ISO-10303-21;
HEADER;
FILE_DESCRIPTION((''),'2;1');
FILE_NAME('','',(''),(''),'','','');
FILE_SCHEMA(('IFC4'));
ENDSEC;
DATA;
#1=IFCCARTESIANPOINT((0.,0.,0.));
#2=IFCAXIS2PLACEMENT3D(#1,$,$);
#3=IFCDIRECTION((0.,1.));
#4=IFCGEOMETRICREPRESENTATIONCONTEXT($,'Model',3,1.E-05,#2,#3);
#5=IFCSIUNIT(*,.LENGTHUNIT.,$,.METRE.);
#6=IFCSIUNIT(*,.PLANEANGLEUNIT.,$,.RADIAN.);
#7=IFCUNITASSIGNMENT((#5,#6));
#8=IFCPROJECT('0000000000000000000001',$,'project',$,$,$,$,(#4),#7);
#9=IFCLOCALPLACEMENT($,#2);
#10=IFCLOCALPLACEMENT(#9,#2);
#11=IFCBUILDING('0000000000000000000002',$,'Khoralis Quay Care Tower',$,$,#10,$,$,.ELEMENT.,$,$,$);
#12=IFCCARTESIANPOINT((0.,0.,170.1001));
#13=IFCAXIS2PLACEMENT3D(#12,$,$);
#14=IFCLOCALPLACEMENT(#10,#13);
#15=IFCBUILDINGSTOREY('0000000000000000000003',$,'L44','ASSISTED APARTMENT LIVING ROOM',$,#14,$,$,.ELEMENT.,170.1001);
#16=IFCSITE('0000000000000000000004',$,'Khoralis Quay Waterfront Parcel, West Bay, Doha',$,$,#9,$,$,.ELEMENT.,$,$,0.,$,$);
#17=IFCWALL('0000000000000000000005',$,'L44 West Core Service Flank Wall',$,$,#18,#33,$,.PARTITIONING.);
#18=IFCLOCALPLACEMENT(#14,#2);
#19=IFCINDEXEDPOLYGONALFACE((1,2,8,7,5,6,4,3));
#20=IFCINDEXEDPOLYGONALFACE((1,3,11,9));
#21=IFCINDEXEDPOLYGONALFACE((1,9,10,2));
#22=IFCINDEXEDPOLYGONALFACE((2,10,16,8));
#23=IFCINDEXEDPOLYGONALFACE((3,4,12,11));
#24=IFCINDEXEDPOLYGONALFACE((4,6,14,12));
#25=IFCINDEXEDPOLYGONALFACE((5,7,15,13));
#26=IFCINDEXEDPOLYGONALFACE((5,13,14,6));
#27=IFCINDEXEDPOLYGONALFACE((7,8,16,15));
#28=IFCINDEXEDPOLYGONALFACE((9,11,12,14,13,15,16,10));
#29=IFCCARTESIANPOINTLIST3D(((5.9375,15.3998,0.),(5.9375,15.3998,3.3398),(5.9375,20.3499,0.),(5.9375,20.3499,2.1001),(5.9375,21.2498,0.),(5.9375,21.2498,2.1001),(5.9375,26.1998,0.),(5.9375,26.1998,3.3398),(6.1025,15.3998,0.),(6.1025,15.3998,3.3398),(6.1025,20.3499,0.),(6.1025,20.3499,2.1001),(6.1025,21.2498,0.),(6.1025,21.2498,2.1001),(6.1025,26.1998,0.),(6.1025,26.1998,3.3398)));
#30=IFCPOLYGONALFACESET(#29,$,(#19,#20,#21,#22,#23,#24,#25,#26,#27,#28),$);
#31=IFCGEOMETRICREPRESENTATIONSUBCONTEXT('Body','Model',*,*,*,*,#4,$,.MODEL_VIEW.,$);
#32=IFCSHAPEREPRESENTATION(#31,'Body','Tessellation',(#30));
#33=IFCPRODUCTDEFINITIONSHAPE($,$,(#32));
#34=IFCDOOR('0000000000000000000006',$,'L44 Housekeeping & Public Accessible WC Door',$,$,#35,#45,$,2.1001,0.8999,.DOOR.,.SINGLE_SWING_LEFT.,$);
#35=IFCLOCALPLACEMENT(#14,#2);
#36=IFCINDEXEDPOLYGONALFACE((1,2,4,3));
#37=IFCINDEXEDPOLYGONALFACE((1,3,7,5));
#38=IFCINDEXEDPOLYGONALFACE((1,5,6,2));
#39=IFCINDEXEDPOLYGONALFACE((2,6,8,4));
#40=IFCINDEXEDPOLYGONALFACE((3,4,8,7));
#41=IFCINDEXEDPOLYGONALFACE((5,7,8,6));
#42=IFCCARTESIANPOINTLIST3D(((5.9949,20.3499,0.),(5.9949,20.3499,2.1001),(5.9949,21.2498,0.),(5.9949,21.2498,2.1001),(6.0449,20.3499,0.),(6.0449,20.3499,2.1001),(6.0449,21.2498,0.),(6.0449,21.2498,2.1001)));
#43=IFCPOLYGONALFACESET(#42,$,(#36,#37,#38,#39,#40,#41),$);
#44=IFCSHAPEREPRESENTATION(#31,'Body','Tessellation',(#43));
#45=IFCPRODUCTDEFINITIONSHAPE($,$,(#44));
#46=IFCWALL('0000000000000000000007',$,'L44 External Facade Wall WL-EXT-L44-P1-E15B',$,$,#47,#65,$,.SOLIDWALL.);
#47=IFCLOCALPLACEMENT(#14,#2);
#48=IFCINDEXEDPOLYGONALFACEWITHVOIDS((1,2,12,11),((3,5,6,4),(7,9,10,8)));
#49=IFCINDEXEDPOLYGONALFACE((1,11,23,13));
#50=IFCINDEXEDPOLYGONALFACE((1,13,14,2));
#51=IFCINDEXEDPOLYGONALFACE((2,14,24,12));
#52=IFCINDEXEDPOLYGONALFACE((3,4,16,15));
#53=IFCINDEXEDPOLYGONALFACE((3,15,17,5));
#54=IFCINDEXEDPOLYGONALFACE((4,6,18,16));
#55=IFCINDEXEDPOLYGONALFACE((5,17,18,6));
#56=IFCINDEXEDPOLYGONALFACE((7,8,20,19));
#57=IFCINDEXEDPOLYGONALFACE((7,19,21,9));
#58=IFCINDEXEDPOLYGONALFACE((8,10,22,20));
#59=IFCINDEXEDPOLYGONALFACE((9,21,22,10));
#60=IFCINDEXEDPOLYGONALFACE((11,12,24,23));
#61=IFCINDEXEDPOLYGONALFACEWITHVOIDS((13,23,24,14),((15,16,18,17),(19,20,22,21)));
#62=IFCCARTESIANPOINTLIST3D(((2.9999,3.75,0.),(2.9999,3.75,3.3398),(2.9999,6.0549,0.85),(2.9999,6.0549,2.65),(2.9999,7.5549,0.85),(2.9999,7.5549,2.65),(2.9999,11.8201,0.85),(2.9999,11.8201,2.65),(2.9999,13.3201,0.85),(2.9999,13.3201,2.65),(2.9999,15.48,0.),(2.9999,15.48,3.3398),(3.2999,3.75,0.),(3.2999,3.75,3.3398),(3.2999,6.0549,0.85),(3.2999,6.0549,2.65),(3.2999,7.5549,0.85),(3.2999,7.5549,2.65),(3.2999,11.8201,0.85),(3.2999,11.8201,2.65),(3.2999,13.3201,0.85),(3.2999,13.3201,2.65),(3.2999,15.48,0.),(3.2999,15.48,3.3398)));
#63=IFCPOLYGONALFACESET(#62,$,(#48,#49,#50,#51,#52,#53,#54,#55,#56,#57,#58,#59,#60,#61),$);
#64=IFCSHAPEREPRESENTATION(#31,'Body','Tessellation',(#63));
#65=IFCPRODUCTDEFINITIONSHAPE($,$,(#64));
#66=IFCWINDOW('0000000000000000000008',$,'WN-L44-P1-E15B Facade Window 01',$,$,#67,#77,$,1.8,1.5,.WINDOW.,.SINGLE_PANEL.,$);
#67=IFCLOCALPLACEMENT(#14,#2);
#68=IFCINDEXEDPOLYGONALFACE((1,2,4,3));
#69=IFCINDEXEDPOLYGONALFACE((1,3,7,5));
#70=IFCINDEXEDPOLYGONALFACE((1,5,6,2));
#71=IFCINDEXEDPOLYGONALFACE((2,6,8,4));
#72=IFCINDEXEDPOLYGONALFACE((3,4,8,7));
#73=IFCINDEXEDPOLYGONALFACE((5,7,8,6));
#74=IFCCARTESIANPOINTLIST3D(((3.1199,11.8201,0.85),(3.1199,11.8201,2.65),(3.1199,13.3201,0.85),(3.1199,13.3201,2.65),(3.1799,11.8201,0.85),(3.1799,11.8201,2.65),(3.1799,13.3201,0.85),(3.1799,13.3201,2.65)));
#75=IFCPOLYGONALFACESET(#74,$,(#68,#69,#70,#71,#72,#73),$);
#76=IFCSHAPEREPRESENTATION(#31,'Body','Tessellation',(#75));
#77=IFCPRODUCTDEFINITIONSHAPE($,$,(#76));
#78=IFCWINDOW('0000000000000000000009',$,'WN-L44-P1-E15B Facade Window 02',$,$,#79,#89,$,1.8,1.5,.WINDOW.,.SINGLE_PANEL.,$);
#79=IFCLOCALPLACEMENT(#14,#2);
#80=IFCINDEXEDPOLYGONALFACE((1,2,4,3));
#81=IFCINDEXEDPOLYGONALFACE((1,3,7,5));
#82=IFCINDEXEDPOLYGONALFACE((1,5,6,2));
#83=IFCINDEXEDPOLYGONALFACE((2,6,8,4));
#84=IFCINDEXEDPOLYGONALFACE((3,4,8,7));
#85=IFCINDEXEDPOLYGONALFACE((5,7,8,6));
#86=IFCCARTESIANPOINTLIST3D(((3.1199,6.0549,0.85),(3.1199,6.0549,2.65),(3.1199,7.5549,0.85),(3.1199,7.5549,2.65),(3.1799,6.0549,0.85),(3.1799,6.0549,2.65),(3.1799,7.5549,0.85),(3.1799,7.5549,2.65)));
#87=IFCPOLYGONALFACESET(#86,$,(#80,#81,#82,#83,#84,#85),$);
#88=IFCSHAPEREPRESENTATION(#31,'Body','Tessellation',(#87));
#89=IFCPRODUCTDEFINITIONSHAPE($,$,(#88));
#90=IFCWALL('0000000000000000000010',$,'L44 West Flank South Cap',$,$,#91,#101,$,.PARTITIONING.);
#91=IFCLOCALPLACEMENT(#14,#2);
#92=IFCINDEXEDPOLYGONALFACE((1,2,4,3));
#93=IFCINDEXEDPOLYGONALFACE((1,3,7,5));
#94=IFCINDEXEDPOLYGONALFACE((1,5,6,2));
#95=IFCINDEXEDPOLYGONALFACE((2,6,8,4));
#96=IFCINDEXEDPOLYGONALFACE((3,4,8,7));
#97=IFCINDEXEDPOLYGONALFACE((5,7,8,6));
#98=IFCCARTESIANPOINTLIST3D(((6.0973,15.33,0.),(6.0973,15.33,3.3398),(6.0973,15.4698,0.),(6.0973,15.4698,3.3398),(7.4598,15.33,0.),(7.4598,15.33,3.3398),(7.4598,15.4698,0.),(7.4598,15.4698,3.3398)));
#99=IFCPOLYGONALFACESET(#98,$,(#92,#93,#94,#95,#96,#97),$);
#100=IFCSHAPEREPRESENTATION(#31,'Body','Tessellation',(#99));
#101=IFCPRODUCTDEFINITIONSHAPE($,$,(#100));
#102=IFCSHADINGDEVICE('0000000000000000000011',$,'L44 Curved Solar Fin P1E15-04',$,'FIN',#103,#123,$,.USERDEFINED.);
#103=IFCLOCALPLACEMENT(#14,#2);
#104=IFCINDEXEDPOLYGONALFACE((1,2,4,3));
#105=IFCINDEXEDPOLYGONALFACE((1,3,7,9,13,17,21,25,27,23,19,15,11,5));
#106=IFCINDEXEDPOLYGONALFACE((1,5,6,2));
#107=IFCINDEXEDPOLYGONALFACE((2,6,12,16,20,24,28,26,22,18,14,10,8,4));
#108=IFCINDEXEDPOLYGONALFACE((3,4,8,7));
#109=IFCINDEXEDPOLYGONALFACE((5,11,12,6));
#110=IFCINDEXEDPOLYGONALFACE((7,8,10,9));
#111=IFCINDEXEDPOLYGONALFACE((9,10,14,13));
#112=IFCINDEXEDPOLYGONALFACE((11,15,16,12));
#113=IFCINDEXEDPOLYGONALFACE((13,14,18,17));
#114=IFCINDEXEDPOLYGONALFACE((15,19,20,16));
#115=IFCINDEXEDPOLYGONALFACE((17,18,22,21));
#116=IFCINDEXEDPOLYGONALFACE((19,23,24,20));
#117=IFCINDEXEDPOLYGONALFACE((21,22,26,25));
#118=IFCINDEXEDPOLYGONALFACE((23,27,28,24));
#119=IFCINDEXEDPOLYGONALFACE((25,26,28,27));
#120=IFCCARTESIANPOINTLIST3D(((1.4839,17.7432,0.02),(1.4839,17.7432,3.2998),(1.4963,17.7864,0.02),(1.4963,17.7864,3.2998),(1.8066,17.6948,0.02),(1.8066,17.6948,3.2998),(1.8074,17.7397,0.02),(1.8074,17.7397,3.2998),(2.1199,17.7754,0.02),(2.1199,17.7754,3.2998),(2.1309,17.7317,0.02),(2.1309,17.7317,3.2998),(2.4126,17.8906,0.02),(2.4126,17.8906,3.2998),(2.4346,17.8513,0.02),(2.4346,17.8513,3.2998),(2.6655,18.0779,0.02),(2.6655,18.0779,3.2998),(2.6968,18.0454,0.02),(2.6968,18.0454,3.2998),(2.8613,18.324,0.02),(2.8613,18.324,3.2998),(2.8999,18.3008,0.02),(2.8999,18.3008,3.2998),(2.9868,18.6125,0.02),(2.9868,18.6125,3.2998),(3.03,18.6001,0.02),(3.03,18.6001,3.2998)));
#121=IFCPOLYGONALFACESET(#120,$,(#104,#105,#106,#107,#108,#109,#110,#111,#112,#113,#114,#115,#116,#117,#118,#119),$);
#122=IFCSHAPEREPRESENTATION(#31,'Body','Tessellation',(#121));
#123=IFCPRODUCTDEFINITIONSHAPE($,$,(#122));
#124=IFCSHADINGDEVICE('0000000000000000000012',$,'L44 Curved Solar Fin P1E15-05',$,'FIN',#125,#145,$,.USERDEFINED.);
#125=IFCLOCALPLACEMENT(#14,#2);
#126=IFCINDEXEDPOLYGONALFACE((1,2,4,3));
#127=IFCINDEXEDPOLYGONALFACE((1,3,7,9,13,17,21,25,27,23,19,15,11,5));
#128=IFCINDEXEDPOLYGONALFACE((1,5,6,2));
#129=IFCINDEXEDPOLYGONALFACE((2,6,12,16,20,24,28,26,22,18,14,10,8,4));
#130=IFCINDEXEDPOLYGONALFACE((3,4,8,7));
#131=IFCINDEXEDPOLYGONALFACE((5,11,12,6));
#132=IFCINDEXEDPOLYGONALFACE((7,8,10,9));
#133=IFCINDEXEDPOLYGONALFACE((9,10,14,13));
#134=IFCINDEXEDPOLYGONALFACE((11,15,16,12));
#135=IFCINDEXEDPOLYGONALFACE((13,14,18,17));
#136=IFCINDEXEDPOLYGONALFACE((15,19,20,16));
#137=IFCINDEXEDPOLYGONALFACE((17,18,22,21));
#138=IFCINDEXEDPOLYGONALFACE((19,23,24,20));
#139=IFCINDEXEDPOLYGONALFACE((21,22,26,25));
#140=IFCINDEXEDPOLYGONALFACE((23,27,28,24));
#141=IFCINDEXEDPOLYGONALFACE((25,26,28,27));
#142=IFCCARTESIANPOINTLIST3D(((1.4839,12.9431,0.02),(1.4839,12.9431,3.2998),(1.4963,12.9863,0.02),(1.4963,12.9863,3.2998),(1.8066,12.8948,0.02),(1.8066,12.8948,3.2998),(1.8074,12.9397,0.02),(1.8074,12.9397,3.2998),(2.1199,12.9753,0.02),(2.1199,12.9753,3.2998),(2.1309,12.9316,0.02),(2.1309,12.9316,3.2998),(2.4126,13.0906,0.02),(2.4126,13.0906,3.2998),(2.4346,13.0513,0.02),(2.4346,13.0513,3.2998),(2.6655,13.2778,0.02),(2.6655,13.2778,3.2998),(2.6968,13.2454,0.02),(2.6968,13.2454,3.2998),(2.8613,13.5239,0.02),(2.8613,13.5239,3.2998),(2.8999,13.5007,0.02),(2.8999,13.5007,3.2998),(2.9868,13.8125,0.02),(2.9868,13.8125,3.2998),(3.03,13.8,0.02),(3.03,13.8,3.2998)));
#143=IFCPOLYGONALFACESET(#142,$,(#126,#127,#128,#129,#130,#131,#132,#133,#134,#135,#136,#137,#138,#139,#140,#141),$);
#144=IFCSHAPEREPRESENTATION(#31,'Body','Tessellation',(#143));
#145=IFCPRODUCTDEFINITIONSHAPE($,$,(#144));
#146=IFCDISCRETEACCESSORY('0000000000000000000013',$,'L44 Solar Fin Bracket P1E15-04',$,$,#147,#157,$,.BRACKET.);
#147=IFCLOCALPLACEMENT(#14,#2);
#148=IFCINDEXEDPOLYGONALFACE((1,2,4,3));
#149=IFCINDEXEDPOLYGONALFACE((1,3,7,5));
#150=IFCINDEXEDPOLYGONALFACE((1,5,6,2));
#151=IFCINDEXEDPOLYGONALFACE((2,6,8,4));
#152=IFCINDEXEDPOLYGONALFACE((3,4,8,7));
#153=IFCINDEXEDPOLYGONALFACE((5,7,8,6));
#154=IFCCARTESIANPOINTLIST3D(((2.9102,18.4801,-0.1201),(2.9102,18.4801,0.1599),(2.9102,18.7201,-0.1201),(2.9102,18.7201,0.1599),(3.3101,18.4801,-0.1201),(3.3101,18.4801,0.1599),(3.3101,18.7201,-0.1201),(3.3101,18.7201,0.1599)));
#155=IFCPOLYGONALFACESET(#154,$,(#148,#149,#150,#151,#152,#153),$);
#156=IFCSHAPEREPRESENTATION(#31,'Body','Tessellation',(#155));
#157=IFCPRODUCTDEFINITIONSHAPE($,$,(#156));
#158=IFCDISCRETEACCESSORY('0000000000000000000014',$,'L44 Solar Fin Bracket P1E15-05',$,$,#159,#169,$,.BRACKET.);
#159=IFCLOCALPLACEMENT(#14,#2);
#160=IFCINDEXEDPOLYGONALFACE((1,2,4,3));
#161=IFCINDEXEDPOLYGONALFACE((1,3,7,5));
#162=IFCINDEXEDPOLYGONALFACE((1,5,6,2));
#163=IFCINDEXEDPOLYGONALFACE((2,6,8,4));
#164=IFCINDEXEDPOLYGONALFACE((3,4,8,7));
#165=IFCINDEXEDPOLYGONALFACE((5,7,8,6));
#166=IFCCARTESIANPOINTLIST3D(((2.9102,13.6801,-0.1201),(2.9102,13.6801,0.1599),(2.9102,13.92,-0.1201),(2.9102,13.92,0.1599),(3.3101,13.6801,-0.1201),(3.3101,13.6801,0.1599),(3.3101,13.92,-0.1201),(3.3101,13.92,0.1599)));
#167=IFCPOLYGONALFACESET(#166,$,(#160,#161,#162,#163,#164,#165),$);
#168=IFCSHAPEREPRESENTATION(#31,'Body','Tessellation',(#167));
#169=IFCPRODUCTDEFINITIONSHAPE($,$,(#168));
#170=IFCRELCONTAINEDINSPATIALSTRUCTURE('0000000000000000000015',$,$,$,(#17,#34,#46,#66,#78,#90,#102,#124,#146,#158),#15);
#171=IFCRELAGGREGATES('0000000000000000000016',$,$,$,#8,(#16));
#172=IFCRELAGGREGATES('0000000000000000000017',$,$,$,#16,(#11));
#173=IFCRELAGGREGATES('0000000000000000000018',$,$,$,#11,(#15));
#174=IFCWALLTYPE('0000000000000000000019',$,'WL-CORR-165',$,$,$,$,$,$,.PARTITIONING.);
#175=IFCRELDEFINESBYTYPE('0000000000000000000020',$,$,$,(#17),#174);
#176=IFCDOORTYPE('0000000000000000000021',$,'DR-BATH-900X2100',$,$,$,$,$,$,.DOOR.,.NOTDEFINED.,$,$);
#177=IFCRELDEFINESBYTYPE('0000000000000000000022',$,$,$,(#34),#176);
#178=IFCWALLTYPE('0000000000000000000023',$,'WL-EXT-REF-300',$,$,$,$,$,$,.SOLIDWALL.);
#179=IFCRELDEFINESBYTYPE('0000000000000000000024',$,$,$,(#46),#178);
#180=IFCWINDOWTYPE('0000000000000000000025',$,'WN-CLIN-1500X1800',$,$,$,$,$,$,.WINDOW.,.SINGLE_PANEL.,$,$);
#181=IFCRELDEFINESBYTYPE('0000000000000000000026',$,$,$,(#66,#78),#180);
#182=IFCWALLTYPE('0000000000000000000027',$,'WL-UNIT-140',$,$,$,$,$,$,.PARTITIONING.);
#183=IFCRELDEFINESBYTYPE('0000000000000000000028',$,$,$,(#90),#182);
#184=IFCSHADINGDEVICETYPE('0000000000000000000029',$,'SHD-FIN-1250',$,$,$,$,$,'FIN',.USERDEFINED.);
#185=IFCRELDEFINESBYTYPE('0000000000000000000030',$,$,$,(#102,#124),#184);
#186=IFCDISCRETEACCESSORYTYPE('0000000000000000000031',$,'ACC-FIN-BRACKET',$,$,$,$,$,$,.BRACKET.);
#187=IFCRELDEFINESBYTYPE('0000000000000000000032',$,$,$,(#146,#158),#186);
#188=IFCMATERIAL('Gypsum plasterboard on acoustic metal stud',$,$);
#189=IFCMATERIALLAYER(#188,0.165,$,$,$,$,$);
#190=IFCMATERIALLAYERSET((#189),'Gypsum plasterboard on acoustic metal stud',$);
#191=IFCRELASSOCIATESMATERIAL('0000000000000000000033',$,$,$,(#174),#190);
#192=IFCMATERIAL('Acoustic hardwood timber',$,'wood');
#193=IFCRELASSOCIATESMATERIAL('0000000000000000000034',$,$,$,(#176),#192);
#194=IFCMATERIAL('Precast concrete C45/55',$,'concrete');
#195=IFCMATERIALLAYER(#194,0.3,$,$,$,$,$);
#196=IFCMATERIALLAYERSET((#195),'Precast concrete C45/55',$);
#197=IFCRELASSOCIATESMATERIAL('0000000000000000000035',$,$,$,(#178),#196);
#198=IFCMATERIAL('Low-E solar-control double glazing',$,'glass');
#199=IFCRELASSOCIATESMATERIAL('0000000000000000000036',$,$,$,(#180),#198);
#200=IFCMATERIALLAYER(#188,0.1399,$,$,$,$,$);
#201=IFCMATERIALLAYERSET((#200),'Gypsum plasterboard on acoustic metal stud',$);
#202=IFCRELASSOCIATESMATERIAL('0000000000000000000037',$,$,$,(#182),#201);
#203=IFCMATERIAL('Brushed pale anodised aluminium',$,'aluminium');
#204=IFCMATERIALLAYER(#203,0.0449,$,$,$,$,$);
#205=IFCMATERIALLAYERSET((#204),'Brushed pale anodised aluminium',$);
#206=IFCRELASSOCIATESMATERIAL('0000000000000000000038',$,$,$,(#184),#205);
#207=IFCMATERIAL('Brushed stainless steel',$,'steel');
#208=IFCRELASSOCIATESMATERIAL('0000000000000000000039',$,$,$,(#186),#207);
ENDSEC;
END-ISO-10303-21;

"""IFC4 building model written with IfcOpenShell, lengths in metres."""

from ifc_helpers import new_model, si_unit, direction, frame, frame_2d, origin, origin_2d, place, context, subcontext, project, spatial, polyline, rectangle, outline, extrude, source, transform, mapped, material, layer, layer_set, type_object, element, fill, save


model = new_model("IFC4")

# Units and contexts
model_context = context("Model", 3, precision=1e-05, world=origin(), true_north=direction((0.0, 1.0)))
body_context = subcontext(model_context, "Body", "Model", "MODEL_VIEW")
ifc_project = project(units=[si_unit("LENGTHUNIT", "METRE"), si_unit("PLANEANGLEUNIT", "RADIAN")], contexts=[model_context])

# Site, building, storey
site_placement = place(None, origin())
site = spatial("IfcSite", under=ifc_project, at=site_placement, Name="Khoralis Quay Waterfront Parcel, West Bay, Doha", CompositionType="ELEMENT", RefElevation=0.0)
building_placement = place(site_placement, origin())
building = spatial("IfcBuilding", under=site, at=building_placement, Name="Khoralis Quay Care Tower", CompositionType="ELEMENT")
storey_placement = place(building_placement, frame((0.0, 0.0, 170.1001)))
storey = spatial("IfcBuildingStorey", under=building, at=storey_placement, Name="L44", Description="ASSISTED APARTMENT LIVING ROOM", CompositionType="ELEMENT", Elevation=170.1001)

# Shared definitions
ifc_material_1 = material(Name="Low-E solar-control double glazing", Category="glass")

# Wall, opening, door
ifc_material_2 = material(Name="Gypsum plasterboard on acoustic metal stud")
ifc_layer_1 = layer(ifc_material_2, 0.165)
ifc_layer_set_1 = layer_set([ifc_layer_1], Name="Gypsum plasterboard on acoustic metal stud")
wall_type_1 = type_object("IfcWallType", Name="WL-CORR-165", PredefinedType="PARTITIONING", material=ifc_layer_set_1)
wall_1_placement = place(storey_placement, frame((6.02, 15.3999, 0.0), z_axis=(0.0, 0.0, 1.0), x_axis=(0.0, 1.0, 0.0)))
wall_1 = element("IfcWall", 1, at=wall_1_placement, inside=storey, type_object=wall_type_1, Name="L44 West Core Service Flank Wall", PredefinedType="PARTITIONING", context=body_context, shape_type="SweptSolid", body=[
    extrude(rectangle(XDim=10.8, YDim=0.165, at=frame_2d((5.3999, 0.0))), origin(), (0.0, 0.0, 1.0), 3.3398),
])
opening_1_placement = place(wall_1_placement, frame((4.95, 0.0, 0.0)))
opening_1 = element("IfcOpeningElement", 2, at=opening_1_placement, cuts=wall_1, PredefinedType="OPENING", context=body_context, shape_type="SweptSolid", body=[
    extrude(rectangle(XDim=0.8999, YDim=2.1001, at=frame_2d((0.45, 1.05))), frame((0.0, 0.0925, 0.0), z_axis=(0.0, -1.0, 0.0), x_axis=(1.0, 0.0, 0.0)), (0.0, 0.0, 1.0), 0.1851),
])
ifc_material_3 = material(Name="Acoustic hardwood timber", Category="wood")
door_type = type_object("IfcDoorType", Name="DR-BATH-900X2100", OperationType="NOTDEFINED", PredefinedType="DOOR", material=ifc_material_3)
shared_shape_1 = source(origin(), body_context, "Body", "SweptSolid", [
    extrude(rectangle(XDim=0.8999, YDim=2.1001, at=frame_2d((0.45, 1.05))), frame((0.0, 0.0249, 0.0), z_axis=(0.0, -1.0, 0.0), x_axis=(1.0, 0.0, 0.0)), (0.0, 0.0, 1.0), 0.05),
])
door_placement = place(opening_1_placement, frame((0.8999, 0.0, 0.0), z_axis=(0.0, 0.0, 1.0), x_axis=(-1.0, 0.0, 0.0)))
door = element("IfcDoor", 3, at=door_placement, inside=storey, type_object=door_type, Name="L44 Housekeeping & Public Accessible WC Door", OperationType="SINGLE_SWING_LEFT", OverallHeight=2.1001, OverallWidth=0.8999, PredefinedType="DOOR", context=body_context, shape_type="MappedRepresentation", body=[
    mapped(shared_shape_1, transform((0.0, 0.0, 0.0), scale=1.0)),
])
fill(opening_1, door)

# Wall, openings, windows
ifc_material_4 = material(Name="Precast concrete C45/55", Category="concrete")
ifc_layer_2 = layer(ifc_material_4, 0.3)
ifc_layer_set_2 = layer_set([ifc_layer_2], Name="Precast concrete C45/55")
wall_type_2 = type_object("IfcWallType", Name="WL-EXT-REF-300", PredefinedType="SOLIDWALL", material=ifc_layer_set_2)
wall_2_placement = place(storey_placement, frame((3.1499, 15.48, 0.0), z_axis=(0.0, 0.0, 1.0), x_axis=(0.0, -1.0, 0.0)))
wall_2 = element("IfcWall", 4, at=wall_2_placement, inside=storey, type_object=wall_type_2, Name="L44 External Facade Wall WL-EXT-L44-P1-E15B", PredefinedType="SOLIDWALL", context=body_context, shape_type="SweptSolid", body=[
    extrude(rectangle(XDim=11.73, YDim=0.3, at=frame_2d((5.865, 0.0))), origin(), (0.0, 0.0, 1.0), 3.3398),
])
opening_2_placement = place(wall_2_placement, frame((2.1599, 0.0, 0.8501)))
opening_2 = element("IfcOpeningElement", 5, at=opening_2_placement, cuts=wall_2, PredefinedType="OPENING", context=body_context, shape_type="SweptSolid", body=[
    extrude(rectangle(XDim=1.5, YDim=1.8, at=frame_2d((0.75, 0.8999))), frame((0.0, 0.1602, 0.0), z_axis=(0.0, -1.0, 0.0), x_axis=(1.0, 0.0, 0.0)), (0.0, 0.0, 1.0), 0.3201),
])
opening_3_placement = place(wall_2_placement, frame((7.925, 0.0, 0.8501)))
opening_3 = element("IfcOpeningElement", 6, at=opening_3_placement, cuts=wall_2, PredefinedType="OPENING", context=body_context, shape_type="SweptSolid", body=[
    extrude(rectangle(XDim=1.5, YDim=1.8, at=frame_2d((0.75, 0.8999))), frame((0.0, 0.1602, 0.0), z_axis=(0.0, -1.0, 0.0), x_axis=(1.0, 0.0, 0.0)), (0.0, 0.0, 1.0), 0.3201),
])
window_type = type_object("IfcWindowType", Name="WN-CLIN-1500X1800", PartitioningType="SINGLE_PANEL", PredefinedType="WINDOW", material=ifc_material_1)
shared_shape_2 = source(origin(), body_context, "Body", "SweptSolid", [
    extrude(rectangle(XDim=1.5, YDim=1.8, at=frame_2d((0.75, 0.8999))), frame((0.0, 0.03, 0.0), z_axis=(0.0, -1.0, 0.0), x_axis=(1.0, 0.0, 0.0)), (0.0, 0.0, 1.0), 0.0601),
])
window_1_placement = place(opening_2_placement, origin())
window_1 = element("IfcWindow", 7, at=window_1_placement, inside=storey, type_object=window_type, Name="WN-L44-P1-E15B Facade Window 01", OverallHeight=1.8, OverallWidth=1.5, PartitioningType="SINGLE_PANEL", PredefinedType="WINDOW", context=body_context, shape_type="MappedRepresentation", body=[
    mapped(shared_shape_2, transform((0.0, 0.0, 0.0), scale=1.0)),
])
fill(opening_2, window_1)
window_2_placement = place(opening_3_placement, origin())
window_2 = element("IfcWindow", 8, at=window_2_placement, inside=storey, type_object=window_type, Name="WN-L44-P1-E15B Facade Window 02", OverallHeight=1.8, OverallWidth=1.5, PartitioningType="SINGLE_PANEL", PredefinedType="WINDOW", context=body_context, shape_type="MappedRepresentation", body=[
    mapped(shared_shape_2, transform((0.0, 0.0, 0.0), scale=1.0)),
])
fill(opening_3, window_2)

# Wall
ifc_layer_3 = layer(ifc_material_2, 0.1399)
ifc_layer_set_3 = layer_set([ifc_layer_3], Name="Gypsum plasterboard on acoustic metal stud")
wall_type_3 = type_object("IfcWallType", Name="WL-UNIT-140", PredefinedType="PARTITIONING", material=ifc_layer_set_3)
wall_3_placement = place(storey_placement, frame((6.0974, 15.3999, 0.0), z_axis=(0.0, 0.0, 1.0), x_axis=(1.0, 0.0, 0.0)))
element("IfcWall", 9, at=wall_3_placement, inside=storey, type_object=wall_type_3, Name="L44 West Flank South Cap", PredefinedType="PARTITIONING", context=body_context, shape_type="SweptSolid", body=[
    extrude(rectangle(XDim=1.3625, YDim=0.1399, at=frame_2d((0.6812, 0.0))), origin(), (0.0, 0.0, 1.0), 3.3398),
])

# Shading devices
ifc_material_5 = material(Name="Brushed pale anodised aluminium", Category="aluminium")
ifc_layer_4 = layer(ifc_material_5, 0.0449)
ifc_layer_set_4 = layer_set([ifc_layer_4], Name="Brushed pale anodised aluminium")
shading_device_type = type_object("IfcShadingDeviceType", Name="SHD-FIN-1250", ElementType="FIN", PredefinedType="USERDEFINED", material=ifc_layer_set_4)
shared_shape_3 = source(origin(), body_context, "Body", "SweptSolid", [
    extrude(outline(polyline([(0.0, 0.0), (0.1301, 0.2993), (0.3333, 0.5547), (0.5955, 0.7488), (0.8992, 0.8684), (1.2234, 0.9053), (1.5461, 0.8569), (1.5337, 0.8137), (1.2227, 0.8604), (0.9102, 0.8247), (0.6174, 0.7095), (0.3645, 0.5222), (0.1687, 0.2761), (0.0432, -0.0125), (0.0, 0.0)])), origin(), (0.0, 0.0, 1.0), 3.2798),
])
for number, where, z_axis, x_axis, name in (
    (10, (3.03, 18.6001, 0.02), (0.0, 0.0, 1.0), (-1.0, 0.0, 0.0), "L44 Curved Solar Fin P1E15-04"),
    (11, (3.03, 13.8, 0.02), (0.0, 0.0, 1.0), (-1.0, 0.0, 0.0), "L44 Curved Solar Fin P1E15-05"),
):
    element("IfcShadingDevice", number, at=place(storey_placement, frame(where, z_axis=z_axis, x_axis=x_axis)), inside=storey, type_object=shading_device_type, Name=name, ObjectType="FIN", PredefinedType="USERDEFINED", context=body_context, shape_type="MappedRepresentation", body=[
        mapped(shared_shape_3, transform((0.0, 0.0, 0.0), scale=1.0)),
    ])

# Discrete accessories
ifc_material_6 = material(Name="Brushed stainless steel", Category="steel")
discrete_accessory_type = type_object("IfcDiscreteAccessoryType", Name="ACC-FIN-BRACKET", PredefinedType="BRACKET", material=ifc_material_6)
shared_shape_4 = source(origin(), body_context, "Body", "SweptSolid", [
    extrude(rectangle(XDim=0.3999, YDim=0.24, at=origin_2d()), origin(), (0.0, 0.0, 1.0), 0.28),
])
for number, where, z_axis, x_axis, name in (
    (12, (3.1101, 18.6001, -0.1201), (0.0, 0.0, 1.0), (-1.0, 0.0, 0.0), "L44 Solar Fin Bracket P1E15-04"),
    (13, (3.1101, 13.8, -0.1201), (0.0, 0.0, 1.0), (-1.0, 0.0, 0.0), "L44 Solar Fin Bracket P1E15-05"),
):
    element("IfcDiscreteAccessory", number, at=place(storey_placement, frame(where, z_axis=z_axis, x_axis=x_axis)), inside=storey, type_object=discrete_accessory_type, Name=name, PredefinedType="BRACKET", context=body_context, shape_type="MappedRepresentation", body=[
        mapped(shared_shape_4, transform((0.0, 0.0, 0.0), scale=1.0)),
    ])

save(model, "model.ifc")
